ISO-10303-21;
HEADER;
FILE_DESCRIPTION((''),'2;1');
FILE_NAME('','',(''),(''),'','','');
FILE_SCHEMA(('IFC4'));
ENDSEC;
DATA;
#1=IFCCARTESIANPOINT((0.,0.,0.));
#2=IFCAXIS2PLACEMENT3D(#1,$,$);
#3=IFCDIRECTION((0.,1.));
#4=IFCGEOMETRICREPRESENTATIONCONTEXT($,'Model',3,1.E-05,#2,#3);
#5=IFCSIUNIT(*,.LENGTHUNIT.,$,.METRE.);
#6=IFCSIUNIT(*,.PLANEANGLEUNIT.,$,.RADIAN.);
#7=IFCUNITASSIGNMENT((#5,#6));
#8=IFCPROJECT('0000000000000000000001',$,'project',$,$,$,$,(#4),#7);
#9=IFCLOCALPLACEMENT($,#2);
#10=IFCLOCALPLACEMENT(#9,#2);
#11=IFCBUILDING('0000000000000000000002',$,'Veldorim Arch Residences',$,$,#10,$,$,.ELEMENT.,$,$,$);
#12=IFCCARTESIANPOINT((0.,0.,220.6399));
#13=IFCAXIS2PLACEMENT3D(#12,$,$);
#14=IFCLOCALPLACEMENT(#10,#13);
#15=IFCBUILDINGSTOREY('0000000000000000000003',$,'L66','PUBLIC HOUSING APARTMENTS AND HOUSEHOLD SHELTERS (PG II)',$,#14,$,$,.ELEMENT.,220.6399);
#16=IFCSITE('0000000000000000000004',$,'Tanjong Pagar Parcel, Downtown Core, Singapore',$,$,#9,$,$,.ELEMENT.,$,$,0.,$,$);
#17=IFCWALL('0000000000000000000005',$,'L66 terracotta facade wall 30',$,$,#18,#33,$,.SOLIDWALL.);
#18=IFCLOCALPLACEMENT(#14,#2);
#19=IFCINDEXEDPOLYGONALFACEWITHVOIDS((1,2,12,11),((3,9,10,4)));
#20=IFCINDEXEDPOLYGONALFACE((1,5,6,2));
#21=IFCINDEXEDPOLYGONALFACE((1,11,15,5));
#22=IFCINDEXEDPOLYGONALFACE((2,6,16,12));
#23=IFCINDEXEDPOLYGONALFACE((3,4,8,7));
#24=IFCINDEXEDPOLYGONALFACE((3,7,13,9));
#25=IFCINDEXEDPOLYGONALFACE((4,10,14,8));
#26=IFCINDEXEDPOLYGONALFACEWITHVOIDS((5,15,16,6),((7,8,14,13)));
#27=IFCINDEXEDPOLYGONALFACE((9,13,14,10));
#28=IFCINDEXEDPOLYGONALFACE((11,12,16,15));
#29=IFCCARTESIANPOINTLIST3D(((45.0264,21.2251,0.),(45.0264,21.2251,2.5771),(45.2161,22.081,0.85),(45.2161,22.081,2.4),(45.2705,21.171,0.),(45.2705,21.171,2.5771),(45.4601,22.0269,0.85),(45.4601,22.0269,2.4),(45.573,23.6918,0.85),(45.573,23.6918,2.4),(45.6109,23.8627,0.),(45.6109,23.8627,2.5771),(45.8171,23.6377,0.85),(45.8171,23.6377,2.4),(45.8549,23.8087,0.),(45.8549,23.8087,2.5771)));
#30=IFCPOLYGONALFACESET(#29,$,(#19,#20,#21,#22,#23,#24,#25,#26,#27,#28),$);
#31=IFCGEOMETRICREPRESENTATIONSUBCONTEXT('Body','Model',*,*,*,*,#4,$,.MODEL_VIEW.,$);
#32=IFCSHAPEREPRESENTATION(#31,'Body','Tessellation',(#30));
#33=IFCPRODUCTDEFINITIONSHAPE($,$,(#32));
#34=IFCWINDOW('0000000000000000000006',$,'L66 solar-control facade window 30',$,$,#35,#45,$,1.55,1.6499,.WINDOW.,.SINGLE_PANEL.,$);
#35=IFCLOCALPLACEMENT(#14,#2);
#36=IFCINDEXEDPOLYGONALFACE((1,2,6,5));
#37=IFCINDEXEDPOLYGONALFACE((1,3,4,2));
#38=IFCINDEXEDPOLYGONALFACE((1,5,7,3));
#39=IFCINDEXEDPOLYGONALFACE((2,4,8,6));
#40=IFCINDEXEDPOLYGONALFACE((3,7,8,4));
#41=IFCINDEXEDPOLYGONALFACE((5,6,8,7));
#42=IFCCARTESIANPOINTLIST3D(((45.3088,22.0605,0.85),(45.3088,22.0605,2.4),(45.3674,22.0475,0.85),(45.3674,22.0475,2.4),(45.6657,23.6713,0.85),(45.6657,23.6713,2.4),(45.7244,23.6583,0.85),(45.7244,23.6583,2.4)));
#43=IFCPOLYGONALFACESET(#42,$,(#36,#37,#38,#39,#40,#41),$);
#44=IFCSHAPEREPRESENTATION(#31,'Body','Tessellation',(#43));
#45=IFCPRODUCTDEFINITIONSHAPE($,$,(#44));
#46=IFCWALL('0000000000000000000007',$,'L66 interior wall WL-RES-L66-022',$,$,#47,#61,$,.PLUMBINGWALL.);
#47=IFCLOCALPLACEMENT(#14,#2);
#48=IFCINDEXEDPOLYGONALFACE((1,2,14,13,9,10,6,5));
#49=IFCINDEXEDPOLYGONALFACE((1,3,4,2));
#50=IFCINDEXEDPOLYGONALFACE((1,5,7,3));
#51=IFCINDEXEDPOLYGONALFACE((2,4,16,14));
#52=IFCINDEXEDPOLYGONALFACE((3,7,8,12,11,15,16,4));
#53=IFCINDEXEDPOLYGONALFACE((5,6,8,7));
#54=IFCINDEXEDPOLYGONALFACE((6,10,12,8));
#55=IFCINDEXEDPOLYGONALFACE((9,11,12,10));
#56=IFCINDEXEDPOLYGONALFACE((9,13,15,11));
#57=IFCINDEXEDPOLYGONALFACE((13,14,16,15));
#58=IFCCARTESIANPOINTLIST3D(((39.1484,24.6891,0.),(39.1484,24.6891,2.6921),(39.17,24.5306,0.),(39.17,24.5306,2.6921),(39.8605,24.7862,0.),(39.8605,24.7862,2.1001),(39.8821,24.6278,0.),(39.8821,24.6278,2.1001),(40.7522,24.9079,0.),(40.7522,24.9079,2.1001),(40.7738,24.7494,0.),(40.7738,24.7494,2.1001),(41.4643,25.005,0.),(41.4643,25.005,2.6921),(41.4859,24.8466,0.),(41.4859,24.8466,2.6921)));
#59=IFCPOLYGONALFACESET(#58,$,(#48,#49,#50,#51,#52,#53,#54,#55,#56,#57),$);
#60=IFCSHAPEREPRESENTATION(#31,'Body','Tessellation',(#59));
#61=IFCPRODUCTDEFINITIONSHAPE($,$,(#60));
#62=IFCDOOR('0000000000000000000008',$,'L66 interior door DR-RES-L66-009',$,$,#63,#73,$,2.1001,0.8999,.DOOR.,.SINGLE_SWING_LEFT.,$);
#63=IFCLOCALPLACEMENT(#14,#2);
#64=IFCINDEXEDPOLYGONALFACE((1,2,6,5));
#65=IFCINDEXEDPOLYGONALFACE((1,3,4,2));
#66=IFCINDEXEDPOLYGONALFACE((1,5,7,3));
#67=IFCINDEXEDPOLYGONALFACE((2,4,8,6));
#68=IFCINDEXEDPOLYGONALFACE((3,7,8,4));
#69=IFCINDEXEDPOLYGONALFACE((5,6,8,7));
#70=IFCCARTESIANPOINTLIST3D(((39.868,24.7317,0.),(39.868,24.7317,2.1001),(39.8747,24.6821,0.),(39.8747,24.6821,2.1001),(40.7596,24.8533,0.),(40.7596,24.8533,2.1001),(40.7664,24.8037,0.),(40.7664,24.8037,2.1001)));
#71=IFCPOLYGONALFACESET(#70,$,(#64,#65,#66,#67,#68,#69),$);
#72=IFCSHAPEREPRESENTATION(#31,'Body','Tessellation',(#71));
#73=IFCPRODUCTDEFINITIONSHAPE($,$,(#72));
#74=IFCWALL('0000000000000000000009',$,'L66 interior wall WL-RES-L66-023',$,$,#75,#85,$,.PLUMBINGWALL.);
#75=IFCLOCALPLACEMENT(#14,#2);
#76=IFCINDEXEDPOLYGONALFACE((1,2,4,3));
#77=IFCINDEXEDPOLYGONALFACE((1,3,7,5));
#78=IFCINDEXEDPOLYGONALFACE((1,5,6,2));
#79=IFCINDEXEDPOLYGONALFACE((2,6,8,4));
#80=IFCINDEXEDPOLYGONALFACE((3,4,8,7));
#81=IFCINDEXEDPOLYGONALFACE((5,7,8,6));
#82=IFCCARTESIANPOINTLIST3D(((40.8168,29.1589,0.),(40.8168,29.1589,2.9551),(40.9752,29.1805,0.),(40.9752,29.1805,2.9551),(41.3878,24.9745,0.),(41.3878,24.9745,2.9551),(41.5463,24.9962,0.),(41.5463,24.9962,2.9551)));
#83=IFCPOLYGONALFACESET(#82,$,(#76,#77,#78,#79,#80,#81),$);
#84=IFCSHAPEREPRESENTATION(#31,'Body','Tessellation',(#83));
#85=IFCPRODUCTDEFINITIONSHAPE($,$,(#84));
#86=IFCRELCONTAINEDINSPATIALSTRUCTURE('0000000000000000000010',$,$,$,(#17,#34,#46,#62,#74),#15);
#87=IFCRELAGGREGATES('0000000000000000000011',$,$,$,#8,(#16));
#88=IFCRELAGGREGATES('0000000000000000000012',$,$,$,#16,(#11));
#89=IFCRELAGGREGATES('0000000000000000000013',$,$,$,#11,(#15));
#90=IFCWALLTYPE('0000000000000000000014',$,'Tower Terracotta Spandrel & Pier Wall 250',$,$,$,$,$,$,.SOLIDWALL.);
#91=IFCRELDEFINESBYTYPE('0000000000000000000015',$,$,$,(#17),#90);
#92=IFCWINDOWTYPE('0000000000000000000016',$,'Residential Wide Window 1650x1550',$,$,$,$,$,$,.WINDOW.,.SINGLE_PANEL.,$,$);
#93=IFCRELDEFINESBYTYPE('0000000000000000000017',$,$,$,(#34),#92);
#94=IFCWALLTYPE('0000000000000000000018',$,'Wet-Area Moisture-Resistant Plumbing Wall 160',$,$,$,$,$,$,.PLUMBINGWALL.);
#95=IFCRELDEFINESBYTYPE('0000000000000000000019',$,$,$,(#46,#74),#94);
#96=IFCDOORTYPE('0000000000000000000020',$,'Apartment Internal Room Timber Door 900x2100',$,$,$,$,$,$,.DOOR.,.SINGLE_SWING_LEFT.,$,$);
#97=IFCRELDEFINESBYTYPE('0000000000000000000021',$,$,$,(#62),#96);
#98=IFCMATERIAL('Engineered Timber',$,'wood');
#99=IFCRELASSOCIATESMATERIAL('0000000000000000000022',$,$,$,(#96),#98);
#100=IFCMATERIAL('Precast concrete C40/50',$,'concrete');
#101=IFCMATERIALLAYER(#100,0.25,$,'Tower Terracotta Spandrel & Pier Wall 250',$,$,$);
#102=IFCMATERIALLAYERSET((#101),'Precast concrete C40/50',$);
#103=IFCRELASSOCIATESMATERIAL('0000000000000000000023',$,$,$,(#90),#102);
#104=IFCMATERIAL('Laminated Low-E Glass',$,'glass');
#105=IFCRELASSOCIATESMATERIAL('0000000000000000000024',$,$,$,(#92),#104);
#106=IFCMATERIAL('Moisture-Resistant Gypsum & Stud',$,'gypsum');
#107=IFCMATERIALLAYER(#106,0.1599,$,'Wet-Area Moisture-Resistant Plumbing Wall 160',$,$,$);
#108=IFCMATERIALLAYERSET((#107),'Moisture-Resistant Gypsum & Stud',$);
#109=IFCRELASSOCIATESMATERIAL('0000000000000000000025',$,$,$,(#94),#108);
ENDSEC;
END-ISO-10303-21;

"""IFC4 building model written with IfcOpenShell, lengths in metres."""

from ifc_helpers import new_model, si_unit, direction, frame, frame_2d, origin, place, context, subcontext, project, spatial, rectangle, extrude, material, layer, layer_set, type_object, element, fill, save


model = new_model("IFC4")

# Units and contexts
model_context = context("Model", 3, precision=1e-05, world=origin(), true_north=direction((0.0, 1.0)))
body_context = subcontext(model_context, "Body", "Model", "MODEL_VIEW")
ifc_project = project(units=[si_unit("LENGTHUNIT", "METRE"), si_unit("PLANEANGLEUNIT", "RADIAN")], contexts=[model_context])

# Site, building, storey
site_placement = place(None, origin())
site = spatial("IfcSite", under=ifc_project, at=site_placement, Name="Tanjong Pagar Parcel, Downtown Core, Singapore", CompositionType="ELEMENT", RefElevation=0.0)
building_placement = place(site_placement, origin())
building = spatial("IfcBuilding", under=site, at=building_placement, Name="Veldorim Arch Residences", CompositionType="ELEMENT")
storey_placement = place(building_placement, frame((0.0, 0.0, 220.6399)))
storey = spatial("IfcBuildingStorey", under=building, at=storey_placement, Name="L66", Description="PUBLIC HOUSING APARTMENTS AND HOUSEHOLD SHELTERS (PG II)", CompositionType="ELEMENT", Elevation=220.6399)

# Shared definitions
ifc_material_1 = material(Name="Engineered Timber", Category="wood")
door_type = type_object("IfcDoorType", Name="Apartment Internal Room Timber Door 900x2100", OperationType="SINGLE_SWING_LEFT", PredefinedType="DOOR", material=ifc_material_1)

# Shared definitions
ifc_material_2 = material(Name="Precast concrete C40/50", Category="concrete")
ifc_layer_1 = layer(ifc_material_2, 0.25, Name="Tower Terracotta Spandrel & Pier Wall 250")
ifc_layer_set_1 = layer_set([ifc_layer_1], Name="Precast concrete C40/50")
wall_type_1 = type_object("IfcWallType", Name="Tower Terracotta Spandrel & Pier Wall 250", PredefinedType="SOLIDWALL", material=ifc_layer_set_1)

# Wall, opening, window
wall_1_placement = place(storey_placement, frame((45.7329, 23.8357, 0.0), z_axis=(0.0, 0.0, 1.0), x_axis=(-0.216337, -0.976319, 0.0)))
wall_1 = element("IfcWall", 1, at=wall_1_placement, inside=storey, type_object=wall_type_1, Name="L66 terracotta facade wall 30", PredefinedType="SOLIDWALL", context=body_context, shape_type="SweptSolid", body=[
    extrude(rectangle(XDim=2.7017, YDim=0.25, at=frame_2d((1.3508, 0.0))), origin(), (0.0, 0.0, 1.0), 2.5771),
])
opening_1_placement = place(wall_1_placement, frame((0.175, 0.0, 0.8501)))
opening_1 = element("IfcOpeningElement", 2, at=opening_1_placement, cuts=wall_1, PredefinedType="OPENING", context=body_context, shape_type="SweptSolid", body=[
    extrude(rectangle(XDim=1.6499, YDim=1.55, at=frame_2d((0.825, 0.7749))), frame((0.0, 0.135, 0.0), z_axis=(0.0, -1.0, 0.0), x_axis=(1.0, 0.0, 0.0)), (0.0, 0.0, 1.0), 0.27),
])
ifc_material_3 = material(Name="Laminated Low-E Glass", Category="glass")
window_type = type_object("IfcWindowType", Name="Residential Wide Window 1650x1550", PartitioningType="SINGLE_PANEL", PredefinedType="WINDOW", material=ifc_material_3)
window_placement = place(opening_1_placement, origin())
window = element("IfcWindow", 3, at=window_placement, inside=storey, type_object=window_type, Name="L66 solar-control facade window 30", OverallHeight=1.55, OverallWidth=1.6499, PartitioningType="SINGLE_PANEL", PredefinedType="WINDOW", context=body_context, shape_type="SweptSolid", body=[
    extrude(rectangle(XDim=1.6499, YDim=1.55, at=frame_2d((0.825, 0.7749))), frame((0.0, 0.03, 0.0), z_axis=(0.0, -1.0, 0.0), x_axis=(1.0, 0.0, 0.0)), (0.0, 0.0, 1.0), 0.0601),
])
fill(opening_1, window)

# Wall, opening, door
ifc_material_4 = material(Name="Moisture-Resistant Gypsum & Stud", Category="gypsum")
ifc_layer_2 = layer(ifc_material_4, 0.1599, Name="Wet-Area Moisture-Resistant Plumbing Wall 160")
ifc_layer_set_2 = layer_set([ifc_layer_2], Name="Moisture-Resistant Gypsum & Stud")
wall_type_2 = type_object("IfcWallType", Name="Wet-Area Moisture-Resistant Plumbing Wall 160", PredefinedType="PLUMBINGWALL", material=ifc_layer_set_2)
wall_2_placement = place(storey_placement, frame((39.1592, 24.6099, 0.0), z_axis=(0.0, 0.0, 1.0), x_axis=(0.990824, 0.13516, 0.0)))
wall_2 = element("IfcWall", 4, at=wall_2_placement, inside=storey, type_object=wall_type_2, Name="L66 interior wall WL-RES-L66-022", PredefinedType="PLUMBINGWALL", context=body_context, shape_type="SweptSolid", body=[
    extrude(rectangle(XDim=2.3374, YDim=0.1599, at=frame_2d((1.1687, 0.0))), origin(), (0.0, 0.0, 1.0), 2.6921),
])
opening_2_placement = place(wall_2_placement, frame((0.7188, 0.0, 0.0)))
opening_2 = element("IfcOpeningElement", 5, at=opening_2_placement, cuts=wall_2, PredefinedType="OPENING", context=body_context, shape_type="SweptSolid", body=[
    extrude(rectangle(XDim=0.8999, YDim=2.1001, at=frame_2d((0.45, 1.05))), frame((0.0, 0.0898, 0.0), z_axis=(0.0, -1.0, 0.0), x_axis=(1.0, 0.0, 0.0)), (0.0, 0.0, 1.0), 0.1799),
])
door_1_placement = place(opening_2_placement, origin())
door_1 = element("IfcDoor", 6, at=door_1_placement, inside=storey, type_object=door_type, Name="L66 interior door DR-RES-L66-009", OperationType="SINGLE_SWING_LEFT", OverallHeight=2.1001, OverallWidth=0.8999, PredefinedType="DOOR", context=body_context, shape_type="SweptSolid", body=[
    extrude(rectangle(XDim=0.8999, YDim=2.1001, at=frame_2d((0.45, 1.05))), frame((0.0, 0.0249, 0.0), z_axis=(0.0, -1.0, 0.0), x_axis=(1.0, 0.0, 0.0)), (0.0, 0.0, 1.0), 0.05),
])
fill(opening_2, door_1)

# Wall
wall_3_placement = place(storey_placement, frame((41.467, 24.9854, 0.0), z_axis=(0.0, 0.0, 1.0), x_axis=(-0.135219, 0.990816, 0.0)))
element("IfcWall", 7, at=wall_3_placement, inside=storey, type_object=wall_type_2, Name="L66 interior wall WL-RES-L66-023", PredefinedType="PLUMBINGWALL", context=body_context, shape_type="SweptSolid", body=[
    extrude(rectangle(XDim=4.2231, YDim=0.1599, at=frame_2d((2.1116, 0.0))), origin(), (0.0, 0.0, 1.0), 2.9551),
])

save(model, "model.ifc")
